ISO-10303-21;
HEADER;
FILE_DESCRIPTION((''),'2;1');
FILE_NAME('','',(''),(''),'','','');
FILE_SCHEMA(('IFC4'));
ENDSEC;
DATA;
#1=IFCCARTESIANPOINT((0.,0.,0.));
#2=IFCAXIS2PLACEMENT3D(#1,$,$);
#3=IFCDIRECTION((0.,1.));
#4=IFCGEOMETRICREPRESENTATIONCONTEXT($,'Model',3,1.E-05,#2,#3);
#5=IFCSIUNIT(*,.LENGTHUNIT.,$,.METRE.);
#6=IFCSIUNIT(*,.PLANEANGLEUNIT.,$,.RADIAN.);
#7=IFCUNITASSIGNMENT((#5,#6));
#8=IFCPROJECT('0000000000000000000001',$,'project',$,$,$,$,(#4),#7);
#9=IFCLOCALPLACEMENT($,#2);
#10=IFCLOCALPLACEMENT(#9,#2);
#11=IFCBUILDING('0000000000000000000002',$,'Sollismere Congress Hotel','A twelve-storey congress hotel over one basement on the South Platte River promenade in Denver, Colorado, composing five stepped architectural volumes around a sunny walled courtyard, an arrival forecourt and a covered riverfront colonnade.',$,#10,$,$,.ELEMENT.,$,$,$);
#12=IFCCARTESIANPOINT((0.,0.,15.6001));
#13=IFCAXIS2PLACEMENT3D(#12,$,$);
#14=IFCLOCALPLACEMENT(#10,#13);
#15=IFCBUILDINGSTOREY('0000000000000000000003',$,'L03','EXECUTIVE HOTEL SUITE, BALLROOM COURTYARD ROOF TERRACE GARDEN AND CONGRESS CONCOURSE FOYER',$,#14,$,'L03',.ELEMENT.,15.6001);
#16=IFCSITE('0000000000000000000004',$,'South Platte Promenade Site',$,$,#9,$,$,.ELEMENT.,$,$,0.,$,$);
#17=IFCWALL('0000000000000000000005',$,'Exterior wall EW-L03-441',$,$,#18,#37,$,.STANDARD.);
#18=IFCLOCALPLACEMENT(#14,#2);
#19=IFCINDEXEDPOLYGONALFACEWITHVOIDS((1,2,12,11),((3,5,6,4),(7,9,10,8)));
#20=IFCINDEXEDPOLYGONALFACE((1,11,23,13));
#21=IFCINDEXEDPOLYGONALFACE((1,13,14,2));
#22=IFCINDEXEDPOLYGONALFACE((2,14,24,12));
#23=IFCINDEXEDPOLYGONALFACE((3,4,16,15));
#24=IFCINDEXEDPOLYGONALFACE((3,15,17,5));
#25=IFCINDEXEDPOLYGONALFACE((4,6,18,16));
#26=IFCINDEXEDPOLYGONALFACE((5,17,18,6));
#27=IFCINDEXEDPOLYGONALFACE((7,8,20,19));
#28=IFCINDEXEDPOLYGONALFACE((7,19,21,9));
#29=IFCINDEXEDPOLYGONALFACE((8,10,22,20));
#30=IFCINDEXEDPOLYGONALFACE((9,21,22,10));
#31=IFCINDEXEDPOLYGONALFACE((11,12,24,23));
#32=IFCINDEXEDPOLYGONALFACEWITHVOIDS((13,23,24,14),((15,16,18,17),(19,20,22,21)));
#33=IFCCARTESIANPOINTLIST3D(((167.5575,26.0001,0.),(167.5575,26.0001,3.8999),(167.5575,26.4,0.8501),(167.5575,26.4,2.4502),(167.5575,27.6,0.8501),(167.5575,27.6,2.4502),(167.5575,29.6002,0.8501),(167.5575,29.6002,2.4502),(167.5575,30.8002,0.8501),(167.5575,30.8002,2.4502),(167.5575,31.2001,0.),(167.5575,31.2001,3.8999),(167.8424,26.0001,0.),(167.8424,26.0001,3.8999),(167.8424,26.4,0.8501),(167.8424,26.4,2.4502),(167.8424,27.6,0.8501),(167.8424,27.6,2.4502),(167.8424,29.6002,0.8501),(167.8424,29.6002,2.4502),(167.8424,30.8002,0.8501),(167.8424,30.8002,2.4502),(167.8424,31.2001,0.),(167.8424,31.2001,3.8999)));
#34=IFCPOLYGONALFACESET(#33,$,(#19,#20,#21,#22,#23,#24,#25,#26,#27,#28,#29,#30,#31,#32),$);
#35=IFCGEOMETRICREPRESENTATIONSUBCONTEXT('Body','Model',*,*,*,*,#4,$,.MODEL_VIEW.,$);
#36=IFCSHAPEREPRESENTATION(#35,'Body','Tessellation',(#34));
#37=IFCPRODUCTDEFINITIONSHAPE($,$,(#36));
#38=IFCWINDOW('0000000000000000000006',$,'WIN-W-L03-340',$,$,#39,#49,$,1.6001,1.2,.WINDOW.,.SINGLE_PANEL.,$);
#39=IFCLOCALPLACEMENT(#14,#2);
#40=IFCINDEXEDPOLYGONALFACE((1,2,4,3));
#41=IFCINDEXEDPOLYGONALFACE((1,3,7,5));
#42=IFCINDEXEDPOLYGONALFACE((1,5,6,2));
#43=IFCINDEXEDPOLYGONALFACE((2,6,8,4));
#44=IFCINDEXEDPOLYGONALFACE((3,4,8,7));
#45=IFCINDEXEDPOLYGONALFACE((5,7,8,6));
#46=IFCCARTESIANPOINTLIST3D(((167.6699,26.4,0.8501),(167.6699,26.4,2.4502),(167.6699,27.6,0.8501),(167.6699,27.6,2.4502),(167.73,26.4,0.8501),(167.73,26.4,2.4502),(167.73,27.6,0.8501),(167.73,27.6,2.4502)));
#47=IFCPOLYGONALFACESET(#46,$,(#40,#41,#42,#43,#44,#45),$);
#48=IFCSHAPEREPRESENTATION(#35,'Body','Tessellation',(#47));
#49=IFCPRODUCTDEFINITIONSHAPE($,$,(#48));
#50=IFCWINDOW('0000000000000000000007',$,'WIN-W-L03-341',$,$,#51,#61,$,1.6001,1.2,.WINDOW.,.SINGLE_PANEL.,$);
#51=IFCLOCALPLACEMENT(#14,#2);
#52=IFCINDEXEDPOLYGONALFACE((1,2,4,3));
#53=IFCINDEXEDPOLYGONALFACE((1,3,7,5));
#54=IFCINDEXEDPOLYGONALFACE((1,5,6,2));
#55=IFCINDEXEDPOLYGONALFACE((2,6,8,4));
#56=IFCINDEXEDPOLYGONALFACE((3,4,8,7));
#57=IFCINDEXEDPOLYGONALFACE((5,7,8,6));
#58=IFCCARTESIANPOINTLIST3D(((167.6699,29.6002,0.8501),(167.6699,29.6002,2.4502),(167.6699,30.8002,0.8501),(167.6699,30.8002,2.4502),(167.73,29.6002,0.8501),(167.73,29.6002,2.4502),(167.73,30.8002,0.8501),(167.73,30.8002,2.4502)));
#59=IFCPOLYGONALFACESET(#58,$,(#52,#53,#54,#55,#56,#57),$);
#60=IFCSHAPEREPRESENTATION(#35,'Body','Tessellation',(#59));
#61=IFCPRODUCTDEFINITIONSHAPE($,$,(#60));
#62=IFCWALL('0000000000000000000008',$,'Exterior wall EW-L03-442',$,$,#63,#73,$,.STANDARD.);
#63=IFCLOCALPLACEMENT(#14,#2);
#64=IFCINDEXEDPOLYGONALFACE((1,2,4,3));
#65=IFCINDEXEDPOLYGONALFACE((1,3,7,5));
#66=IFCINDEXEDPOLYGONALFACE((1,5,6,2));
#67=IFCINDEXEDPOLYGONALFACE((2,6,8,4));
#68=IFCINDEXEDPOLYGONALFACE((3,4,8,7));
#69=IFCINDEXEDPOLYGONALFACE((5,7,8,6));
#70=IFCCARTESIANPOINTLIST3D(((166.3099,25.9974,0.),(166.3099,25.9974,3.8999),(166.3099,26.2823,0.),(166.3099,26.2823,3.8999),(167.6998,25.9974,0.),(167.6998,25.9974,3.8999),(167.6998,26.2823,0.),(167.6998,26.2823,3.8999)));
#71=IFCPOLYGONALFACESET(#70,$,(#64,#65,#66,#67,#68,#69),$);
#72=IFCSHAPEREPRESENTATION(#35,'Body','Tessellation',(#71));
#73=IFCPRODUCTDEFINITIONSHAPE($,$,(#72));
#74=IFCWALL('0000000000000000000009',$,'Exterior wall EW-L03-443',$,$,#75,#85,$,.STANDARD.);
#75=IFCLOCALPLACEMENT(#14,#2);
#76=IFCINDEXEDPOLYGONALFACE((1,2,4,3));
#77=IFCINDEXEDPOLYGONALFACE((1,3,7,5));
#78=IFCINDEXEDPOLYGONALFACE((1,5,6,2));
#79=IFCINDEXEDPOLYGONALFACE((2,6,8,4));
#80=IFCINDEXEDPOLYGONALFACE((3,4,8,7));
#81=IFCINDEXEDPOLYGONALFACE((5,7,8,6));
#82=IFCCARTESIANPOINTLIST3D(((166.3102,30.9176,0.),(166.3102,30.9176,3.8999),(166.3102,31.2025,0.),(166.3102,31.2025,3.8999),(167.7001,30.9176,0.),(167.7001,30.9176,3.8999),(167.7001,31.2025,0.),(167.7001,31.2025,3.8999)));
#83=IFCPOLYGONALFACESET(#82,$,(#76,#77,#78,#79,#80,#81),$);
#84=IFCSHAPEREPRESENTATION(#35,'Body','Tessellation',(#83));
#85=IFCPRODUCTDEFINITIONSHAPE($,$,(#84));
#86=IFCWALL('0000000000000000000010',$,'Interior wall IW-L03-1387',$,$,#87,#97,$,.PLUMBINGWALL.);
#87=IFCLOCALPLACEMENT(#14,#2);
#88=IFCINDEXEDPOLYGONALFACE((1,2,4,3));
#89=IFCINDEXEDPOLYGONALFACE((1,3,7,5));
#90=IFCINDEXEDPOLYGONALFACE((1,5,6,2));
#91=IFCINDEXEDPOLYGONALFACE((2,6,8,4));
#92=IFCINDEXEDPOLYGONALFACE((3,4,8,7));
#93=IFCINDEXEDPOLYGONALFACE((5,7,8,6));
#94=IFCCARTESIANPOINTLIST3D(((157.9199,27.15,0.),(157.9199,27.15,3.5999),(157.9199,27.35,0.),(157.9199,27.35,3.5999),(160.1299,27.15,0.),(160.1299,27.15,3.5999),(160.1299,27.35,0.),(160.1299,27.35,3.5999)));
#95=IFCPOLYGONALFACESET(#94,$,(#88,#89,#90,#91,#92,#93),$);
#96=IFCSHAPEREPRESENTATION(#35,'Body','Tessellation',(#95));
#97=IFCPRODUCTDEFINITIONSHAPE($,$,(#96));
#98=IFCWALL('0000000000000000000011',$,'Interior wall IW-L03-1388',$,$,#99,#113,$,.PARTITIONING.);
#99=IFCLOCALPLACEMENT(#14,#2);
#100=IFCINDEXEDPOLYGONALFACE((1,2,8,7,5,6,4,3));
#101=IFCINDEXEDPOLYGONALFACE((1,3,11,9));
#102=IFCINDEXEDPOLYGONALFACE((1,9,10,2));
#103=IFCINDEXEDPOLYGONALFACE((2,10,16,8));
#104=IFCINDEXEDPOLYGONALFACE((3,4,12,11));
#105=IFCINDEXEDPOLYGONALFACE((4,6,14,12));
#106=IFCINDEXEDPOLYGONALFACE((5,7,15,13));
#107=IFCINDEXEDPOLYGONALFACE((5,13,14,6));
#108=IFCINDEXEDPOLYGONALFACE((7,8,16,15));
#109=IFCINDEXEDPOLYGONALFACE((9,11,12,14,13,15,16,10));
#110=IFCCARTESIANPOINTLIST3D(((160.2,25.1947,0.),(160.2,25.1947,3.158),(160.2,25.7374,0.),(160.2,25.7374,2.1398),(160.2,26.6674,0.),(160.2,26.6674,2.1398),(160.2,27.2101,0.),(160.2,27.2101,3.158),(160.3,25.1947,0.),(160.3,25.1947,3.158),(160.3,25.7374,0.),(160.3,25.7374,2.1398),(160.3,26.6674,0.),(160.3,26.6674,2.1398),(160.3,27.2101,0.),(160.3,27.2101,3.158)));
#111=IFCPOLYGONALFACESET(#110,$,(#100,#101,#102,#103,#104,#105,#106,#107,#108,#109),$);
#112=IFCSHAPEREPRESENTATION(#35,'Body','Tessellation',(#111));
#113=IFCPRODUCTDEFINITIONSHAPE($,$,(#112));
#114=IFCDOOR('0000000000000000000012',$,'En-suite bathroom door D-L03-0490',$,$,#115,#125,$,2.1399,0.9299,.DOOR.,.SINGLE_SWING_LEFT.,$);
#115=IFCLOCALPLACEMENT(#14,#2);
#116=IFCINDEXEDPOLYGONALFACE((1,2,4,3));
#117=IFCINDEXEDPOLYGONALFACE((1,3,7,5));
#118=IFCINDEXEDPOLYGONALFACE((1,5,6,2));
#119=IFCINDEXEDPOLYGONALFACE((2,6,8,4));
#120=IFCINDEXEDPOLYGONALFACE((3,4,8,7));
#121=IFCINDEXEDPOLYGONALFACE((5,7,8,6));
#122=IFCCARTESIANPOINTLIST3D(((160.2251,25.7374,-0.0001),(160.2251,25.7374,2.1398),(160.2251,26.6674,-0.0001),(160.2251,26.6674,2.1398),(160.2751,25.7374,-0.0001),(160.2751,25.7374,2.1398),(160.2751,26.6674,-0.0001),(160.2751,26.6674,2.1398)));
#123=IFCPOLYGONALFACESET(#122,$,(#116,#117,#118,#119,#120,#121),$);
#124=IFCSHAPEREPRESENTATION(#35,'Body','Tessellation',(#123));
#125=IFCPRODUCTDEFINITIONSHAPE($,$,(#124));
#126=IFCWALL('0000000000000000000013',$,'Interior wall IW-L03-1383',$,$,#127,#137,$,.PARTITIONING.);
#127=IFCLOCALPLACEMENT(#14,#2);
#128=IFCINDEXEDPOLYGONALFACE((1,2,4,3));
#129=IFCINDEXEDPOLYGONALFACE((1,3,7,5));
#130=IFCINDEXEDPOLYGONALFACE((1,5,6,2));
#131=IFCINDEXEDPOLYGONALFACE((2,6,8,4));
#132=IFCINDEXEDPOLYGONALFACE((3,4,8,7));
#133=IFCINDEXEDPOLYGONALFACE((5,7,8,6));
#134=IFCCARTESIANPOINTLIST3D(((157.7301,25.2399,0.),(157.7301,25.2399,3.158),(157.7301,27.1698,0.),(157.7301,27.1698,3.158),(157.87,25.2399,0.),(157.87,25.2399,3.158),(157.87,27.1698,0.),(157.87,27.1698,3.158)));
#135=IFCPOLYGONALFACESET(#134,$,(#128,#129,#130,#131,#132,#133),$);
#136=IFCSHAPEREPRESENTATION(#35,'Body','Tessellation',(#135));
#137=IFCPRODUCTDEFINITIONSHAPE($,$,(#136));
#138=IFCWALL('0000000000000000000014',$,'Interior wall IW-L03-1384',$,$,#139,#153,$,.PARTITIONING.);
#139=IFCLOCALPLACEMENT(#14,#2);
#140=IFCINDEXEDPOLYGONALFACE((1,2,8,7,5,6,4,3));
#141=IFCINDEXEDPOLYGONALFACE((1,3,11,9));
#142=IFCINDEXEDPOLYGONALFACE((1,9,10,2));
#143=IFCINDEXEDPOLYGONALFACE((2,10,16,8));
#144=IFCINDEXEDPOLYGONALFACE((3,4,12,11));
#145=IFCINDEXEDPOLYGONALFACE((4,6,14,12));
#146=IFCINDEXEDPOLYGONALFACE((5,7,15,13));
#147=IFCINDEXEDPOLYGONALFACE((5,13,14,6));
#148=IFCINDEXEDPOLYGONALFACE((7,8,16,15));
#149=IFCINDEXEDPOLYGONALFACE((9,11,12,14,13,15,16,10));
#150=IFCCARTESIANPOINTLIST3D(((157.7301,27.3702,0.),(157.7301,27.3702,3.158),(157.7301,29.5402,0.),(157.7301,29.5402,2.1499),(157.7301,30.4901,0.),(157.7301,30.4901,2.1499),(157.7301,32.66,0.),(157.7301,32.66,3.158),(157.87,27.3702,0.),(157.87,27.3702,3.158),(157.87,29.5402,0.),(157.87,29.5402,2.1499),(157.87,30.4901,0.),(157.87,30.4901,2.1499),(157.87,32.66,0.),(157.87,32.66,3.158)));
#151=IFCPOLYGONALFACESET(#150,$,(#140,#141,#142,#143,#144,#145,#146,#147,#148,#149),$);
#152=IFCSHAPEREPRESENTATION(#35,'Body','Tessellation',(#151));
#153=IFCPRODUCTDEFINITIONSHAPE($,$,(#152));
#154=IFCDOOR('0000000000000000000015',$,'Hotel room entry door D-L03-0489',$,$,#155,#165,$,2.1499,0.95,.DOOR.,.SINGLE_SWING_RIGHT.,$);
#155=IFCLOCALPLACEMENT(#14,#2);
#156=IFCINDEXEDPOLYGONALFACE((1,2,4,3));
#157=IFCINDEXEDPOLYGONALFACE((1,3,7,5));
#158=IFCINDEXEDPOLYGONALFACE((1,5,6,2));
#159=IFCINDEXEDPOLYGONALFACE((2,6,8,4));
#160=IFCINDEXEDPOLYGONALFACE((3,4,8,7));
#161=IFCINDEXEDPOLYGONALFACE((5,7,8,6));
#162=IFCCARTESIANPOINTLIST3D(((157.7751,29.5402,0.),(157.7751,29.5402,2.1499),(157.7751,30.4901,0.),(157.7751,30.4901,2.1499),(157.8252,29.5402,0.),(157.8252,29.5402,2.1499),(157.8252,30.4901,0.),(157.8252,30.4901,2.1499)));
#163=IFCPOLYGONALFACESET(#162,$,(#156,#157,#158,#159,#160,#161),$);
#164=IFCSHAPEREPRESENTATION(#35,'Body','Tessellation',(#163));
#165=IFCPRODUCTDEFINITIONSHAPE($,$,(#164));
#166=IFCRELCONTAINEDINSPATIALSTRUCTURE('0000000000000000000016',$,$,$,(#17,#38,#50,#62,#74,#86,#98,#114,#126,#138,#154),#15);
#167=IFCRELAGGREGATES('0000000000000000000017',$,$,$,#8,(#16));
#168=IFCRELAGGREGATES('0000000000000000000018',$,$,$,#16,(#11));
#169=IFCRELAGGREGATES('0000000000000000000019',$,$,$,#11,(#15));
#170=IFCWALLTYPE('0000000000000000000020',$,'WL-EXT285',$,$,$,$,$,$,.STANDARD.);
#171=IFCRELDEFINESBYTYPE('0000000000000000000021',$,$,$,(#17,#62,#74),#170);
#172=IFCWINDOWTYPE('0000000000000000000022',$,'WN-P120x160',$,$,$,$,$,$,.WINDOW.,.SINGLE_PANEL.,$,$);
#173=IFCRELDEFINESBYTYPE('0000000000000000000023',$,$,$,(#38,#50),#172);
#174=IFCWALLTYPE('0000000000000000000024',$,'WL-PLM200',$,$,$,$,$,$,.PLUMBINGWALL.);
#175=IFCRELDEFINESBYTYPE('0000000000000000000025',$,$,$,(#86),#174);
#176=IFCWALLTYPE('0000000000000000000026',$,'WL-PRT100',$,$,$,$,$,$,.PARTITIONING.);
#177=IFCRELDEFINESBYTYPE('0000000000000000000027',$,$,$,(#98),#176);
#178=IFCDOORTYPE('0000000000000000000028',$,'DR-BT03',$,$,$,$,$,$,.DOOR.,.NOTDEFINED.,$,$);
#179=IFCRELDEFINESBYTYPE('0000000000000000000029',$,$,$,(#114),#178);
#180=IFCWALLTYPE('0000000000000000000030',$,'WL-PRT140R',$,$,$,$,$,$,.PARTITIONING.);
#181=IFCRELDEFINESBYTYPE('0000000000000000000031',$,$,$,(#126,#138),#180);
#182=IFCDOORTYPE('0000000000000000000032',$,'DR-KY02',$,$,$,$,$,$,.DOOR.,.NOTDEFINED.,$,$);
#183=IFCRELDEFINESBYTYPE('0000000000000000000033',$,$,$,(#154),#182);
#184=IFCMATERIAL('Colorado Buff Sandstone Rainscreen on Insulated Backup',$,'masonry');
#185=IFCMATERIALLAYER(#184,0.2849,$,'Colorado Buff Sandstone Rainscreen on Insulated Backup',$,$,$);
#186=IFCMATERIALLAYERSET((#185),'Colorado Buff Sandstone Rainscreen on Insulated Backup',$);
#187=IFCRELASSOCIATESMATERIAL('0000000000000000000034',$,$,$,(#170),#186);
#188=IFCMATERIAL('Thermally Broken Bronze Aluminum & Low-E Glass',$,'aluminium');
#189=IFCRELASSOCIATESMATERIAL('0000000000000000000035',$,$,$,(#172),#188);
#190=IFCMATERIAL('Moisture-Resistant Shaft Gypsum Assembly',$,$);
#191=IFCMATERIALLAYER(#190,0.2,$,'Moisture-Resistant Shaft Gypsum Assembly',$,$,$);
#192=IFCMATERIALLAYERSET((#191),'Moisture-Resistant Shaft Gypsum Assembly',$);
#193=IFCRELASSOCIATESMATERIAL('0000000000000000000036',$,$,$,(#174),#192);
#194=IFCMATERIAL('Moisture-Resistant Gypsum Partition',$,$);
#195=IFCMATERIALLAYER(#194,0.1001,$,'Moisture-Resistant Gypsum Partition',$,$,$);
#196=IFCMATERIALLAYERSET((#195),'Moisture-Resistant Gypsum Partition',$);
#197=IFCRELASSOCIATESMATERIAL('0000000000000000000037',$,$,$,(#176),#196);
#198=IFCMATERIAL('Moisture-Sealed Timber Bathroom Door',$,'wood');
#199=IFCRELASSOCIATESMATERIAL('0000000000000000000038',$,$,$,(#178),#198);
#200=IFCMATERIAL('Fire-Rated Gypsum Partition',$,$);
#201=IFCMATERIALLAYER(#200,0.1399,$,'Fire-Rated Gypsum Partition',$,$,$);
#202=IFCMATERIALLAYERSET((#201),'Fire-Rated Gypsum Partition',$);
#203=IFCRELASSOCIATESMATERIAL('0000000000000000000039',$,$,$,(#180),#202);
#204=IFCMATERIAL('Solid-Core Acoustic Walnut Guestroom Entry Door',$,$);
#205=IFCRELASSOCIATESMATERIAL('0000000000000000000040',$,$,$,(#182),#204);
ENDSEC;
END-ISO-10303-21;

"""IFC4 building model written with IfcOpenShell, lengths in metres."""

from ifc_helpers import new_model, si_unit, direction, frame, frame_2d, origin, place, context, subcontext, project, spatial, rectangle, extrude, material, layer, layer_set, type_object, element, fill, save


model = new_model("IFC4")

# Units and contexts
model_context = context("Model", 3, precision=1e-05, world=origin(), true_north=direction((0.0, 1.0)))
body_context = subcontext(model_context, "Body", "Model", "MODEL_VIEW")
ifc_project = project(units=[si_unit("LENGTHUNIT", "METRE"), si_unit("PLANEANGLEUNIT", "RADIAN")], contexts=[model_context])

# Site, building, storey
site_placement = place(None, origin())
site = spatial("IfcSite", under=ifc_project, at=site_placement, Name="South Platte Promenade Site", CompositionType="ELEMENT", RefElevation=0.0)
building_placement = place(site_placement, origin())
building = spatial("IfcBuilding", under=site, at=building_placement, Name="Sollismere Congress Hotel", Description="A twelve-storey congress hotel over one basement on the South Platte River promenade in Denver, Colorado, composing five stepped architectural volumes around a sunny walled courtyard, an arrival forecourt and a covered riverfront colonnade.", CompositionType="ELEMENT")
storey_placement = place(building_placement, frame((0.0, 0.0, 15.6001)))
storey = spatial("IfcBuildingStorey", under=building, at=storey_placement, Name="L03", Description="EXECUTIVE HOTEL SUITE, BALLROOM COURTYARD ROOF TERRACE GARDEN AND CONGRESS CONCOURSE FOYER", LongName="L03", CompositionType="ELEMENT", Elevation=15.6001)

# Shared definitions
ifc_material_1 = material(Name="Colorado Buff Sandstone Rainscreen on Insulated Backup", Category="masonry")
ifc_layer_1 = layer(ifc_material_1, 0.2849, Name="Colorado Buff Sandstone Rainscreen on Insulated Backup")
ifc_layer_set_1 = layer_set([ifc_layer_1], Name="Colorado Buff Sandstone Rainscreen on Insulated Backup")
wall_type_1 = type_object("IfcWallType", Name="WL-EXT285", PredefinedType="STANDARD", material=ifc_layer_set_1)

# Wall, openings, windows
wall_1_placement = place(storey_placement, frame((167.7, 26.0, 0.0), z_axis=(0.0, 0.0, 1.0), x_axis=(0.0, 1.0, 0.0)))
wall_1 = element("IfcWall", 1, at=wall_1_placement, inside=storey, type_object=wall_type_1, Name="Exterior wall EW-L03-441", PredefinedType="STANDARD", context=body_context, shape_type="SweptSolid", body=[
    extrude(rectangle(XDim=5.2, YDim=0.2849, at=frame_2d((2.6001, 0.0))), origin(), (0.0, 0.0, 1.0), 3.8999),
])
opening_1_placement = place(wall_1_placement, frame((0.3999, 0.0, 0.8501)))
opening_1 = element("IfcOpeningElement", 2, at=opening_1_placement, cuts=wall_1, PredefinedType="OPENING", context=body_context, shape_type="SweptSolid", body=[
    extrude(rectangle(XDim=1.2, YDim=1.6001, at=frame_2d((0.6001, 0.8))), frame((0.0, 0.1523, 0.0), z_axis=(0.0, -1.0, 0.0), x_axis=(1.0, 0.0, 0.0)), (0.0, 0.0, 1.0), 0.3049),
])
opening_2_placement = place(wall_1_placement, frame((3.6001, 0.0, 0.8501)))
opening_2 = element("IfcOpeningElement", 3, at=opening_2_placement, cuts=wall_1, PredefinedType="OPENING", context=body_context, shape_type="SweptSolid", body=[
    extrude(rectangle(XDim=1.2, YDim=1.6001, at=frame_2d((0.6001, 0.8))), frame((0.0, 0.1523, 0.0), z_axis=(0.0, -1.0, 0.0), x_axis=(1.0, 0.0, 0.0)), (0.0, 0.0, 1.0), 0.3049),
])
ifc_material_2 = material(Name="Thermally Broken Bronze Aluminum & Low-E Glass", Category="aluminium")
window_type = type_object("IfcWindowType", Name="WN-P120x160", PartitioningType="SINGLE_PANEL", PredefinedType="WINDOW", material=ifc_material_2)
window_1_placement = place(opening_1_placement, origin())
window_1 = element("IfcWindow", 4, at=window_1_placement, inside=storey, type_object=window_type, Name="WIN-W-L03-340", OverallHeight=1.6001, OverallWidth=1.2, PartitioningType="SINGLE_PANEL", PredefinedType="WINDOW", context=body_context, shape_type="SweptSolid", body=[
    extrude(rectangle(XDim=1.2, YDim=1.6001, at=frame_2d((0.6001, 0.8))), frame((0.0, 0.03, 0.0), z_axis=(0.0, -1.0, 0.0), x_axis=(1.0, 0.0, 0.0)), (0.0, 0.0, 1.0), 0.0601),
])
fill(opening_1, window_1)
window_2_placement = place(opening_2_placement, origin())
window_2 = element("IfcWindow", 5, at=window_2_placement, inside=storey, type_object=window_type, Name="WIN-W-L03-341", OverallHeight=1.6001, OverallWidth=1.2, PartitioningType="SINGLE_PANEL", PredefinedType="WINDOW", context=body_context, shape_type="SweptSolid", body=[
    extrude(rectangle(XDim=1.2, YDim=1.6001, at=frame_2d((0.6001, 0.8))), frame((0.0, 0.03, 0.0), z_axis=(0.0, -1.0, 0.0), x_axis=(1.0, 0.0, 0.0)), (0.0, 0.0, 1.0), 0.0601),
])
fill(opening_2, window_2)

# Walls
for number, where, z_axis, x_axis, name in (
    (6, (166.3101, 26.1399, 0.0), (0.0, 0.0, 1.0), (1.0, 0.0, 0.0), "Exterior wall EW-L03-442"),
    (7, (167.7, 31.0601, 0.0), (0.0, 0.0, 1.0), (-1.0, 0.0, 0.0), "Exterior wall EW-L03-443"),
):
    element("IfcWall", number, at=place(storey_placement, frame(where, z_axis=z_axis, x_axis=x_axis)), inside=storey, type_object=wall_type_1, Name=name, PredefinedType="STANDARD", context=body_context, shape_type="SweptSolid", body=[
        extrude(rectangle(XDim=1.3899, YDim=0.2849, at=frame_2d((0.6948, 0.0))), origin(), (0.0, 0.0, 1.0), 3.8999),
    ])
ifc_material_3 = material(Name="Moisture-Resistant Shaft Gypsum Assembly")
ifc_layer_2 = layer(ifc_material_3, 0.2, Name="Moisture-Resistant Shaft Gypsum Assembly")
ifc_layer_set_2 = layer_set([ifc_layer_2], Name="Moisture-Resistant Shaft Gypsum Assembly")
wall_type_2 = type_object("IfcWallType", Name="WL-PLM200", PredefinedType="PLUMBINGWALL", material=ifc_layer_set_2)
wall_2_placement = place(storey_placement, frame((157.9199, 27.25, 0.0), z_axis=(0.0, 0.0, 1.0), x_axis=(1.0, 0.0, 0.0)))
element("IfcWall", 8, at=wall_2_placement, inside=storey, type_object=wall_type_2, Name="Interior wall IW-L03-1387", PredefinedType="PLUMBINGWALL", context=body_context, shape_type="SweptSolid", body=[
    extrude(rectangle(XDim=2.21, YDim=0.2, at=frame_2d((1.105, 0.0))), origin(), (0.0, 0.0, 1.0), 3.5999),
])

# Wall, opening, door
ifc_material_4 = material(Name="Moisture-Resistant Gypsum Partition")
ifc_layer_3 = layer(ifc_material_4, 0.1001, Name="Moisture-Resistant Gypsum Partition")
ifc_layer_set_3 = layer_set([ifc_layer_3], Name="Moisture-Resistant Gypsum Partition")
wall_type_3 = type_object("IfcWallType", Name="WL-PRT100", PredefinedType="PARTITIONING", material=ifc_layer_set_3)
wall_3_placement = place(storey_placement, frame((160.25, 25.1946, 0.0), z_axis=(0.0, 0.0, 1.0), x_axis=(0.0, 1.0, 0.0)))
wall_3 = element("IfcWall", 9, at=wall_3_placement, inside=storey, type_object=wall_type_3, Name="Interior wall IW-L03-1388", PredefinedType="PARTITIONING", context=body_context, shape_type="SweptSolid", body=[
    extrude(rectangle(XDim=2.0154, YDim=0.1001, at=frame_2d((1.0078, 0.0))), origin(), (0.0, 0.0, 1.0), 3.158),
])
opening_3_placement = place(wall_3_placement, frame((0.543, 0.0, 0.0)))
opening_3 = element("IfcOpeningElement", 10, at=opening_3_placement, cuts=wall_3, PredefinedType="OPENING", context=body_context, shape_type="SweptSolid", body=[
    extrude(rectangle(XDim=0.9299, YDim=2.1399, at=frame_2d((0.4648, 1.0698))), frame((0.0, 0.0601, 0.0), z_axis=(0.0, -1.0, 0.0), x_axis=(1.0, 0.0, 0.0)), (0.0, 0.0, 1.0), 0.1201),
])
ifc_material_5 = material(Name="Moisture-Sealed Timber Bathroom Door", Category="wood")
door_type_1 = type_object("IfcDoorType", Name="DR-BT03", OperationType="NOTDEFINED", PredefinedType="DOOR", material=ifc_material_5)
door_1_placement = place(opening_3_placement, origin())
door_1 = element("IfcDoor", 11, at=door_1_placement, inside=storey, type_object=door_type_1, Name="En-suite bathroom door D-L03-0490", OperationType="SINGLE_SWING_LEFT", OverallHeight=2.1399, OverallWidth=0.9299, PredefinedType="DOOR", context=body_context, shape_type="SweptSolid", body=[
    extrude(rectangle(XDim=0.9299, YDim=2.1399, at=frame_2d((0.4648, 1.0698))), frame((0.0, 0.0249, 0.0), z_axis=(0.0, -1.0, 0.0), x_axis=(1.0, 0.0, 0.0)), (0.0, 0.0, 1.0), 0.05),
])
fill(opening_3, door_1)

# Wall
ifc_material_6 = material(Name="Fire-Rated Gypsum Partition")
ifc_layer_4 = layer(ifc_material_6, 0.1399, Name="Fire-Rated Gypsum Partition")
ifc_layer_set_4 = layer_set([ifc_layer_4], Name="Fire-Rated Gypsum Partition")
wall_type_4 = type_object("IfcWallType", Name="WL-PRT140R", PredefinedType="PARTITIONING", material=ifc_layer_set_4)
wall_4_placement = place(storey_placement, frame((157.8, 25.24, 0.0), z_axis=(0.0, 0.0, 1.0), x_axis=(0.0, 1.0, 0.0)))
element("IfcWall", 12, at=wall_4_placement, inside=storey, type_object=wall_type_4, Name="Interior wall IW-L03-1383", PredefinedType="PARTITIONING", context=body_context, shape_type="SweptSolid", body=[
    extrude(rectangle(XDim=1.9299, YDim=0.1399, at=frame_2d((0.9648, 0.0))), origin(), (0.0, 0.0, 1.0), 3.158),
])

# Wall, opening, door
wall_5_placement = place(storey_placement, frame((157.8, 27.3701, 0.0), z_axis=(0.0, 0.0, 1.0), x_axis=(0.0, 1.0, 0.0)))
wall_5 = element("IfcWall", 13, at=wall_5_placement, inside=storey, type_object=wall_type_4, Name="Interior wall IW-L03-1384", PredefinedType="PARTITIONING", context=body_context, shape_type="SweptSolid", body=[
    extrude(rectangle(XDim=5.2898, YDim=0.1399, at=frame_2d((2.645, 0.0))), origin(), (0.0, 0.0, 1.0), 3.158),
])
opening_4_placement = place(wall_5_placement, frame((2.1699, 0.0, 0.0)))
opening_4 = element("IfcOpeningElement", 14, at=opening_4_placement, cuts=wall_5, PredefinedType="OPENING", context=body_context, shape_type="SweptSolid", body=[
    extrude(rectangle(XDim=0.95, YDim=2.1499, at=frame_2d((0.4751, 1.075))), frame((0.0, 0.0798, 0.0), z_axis=(0.0, -1.0, 0.0), x_axis=(1.0, 0.0, 0.0)), (0.0, 0.0, 1.0), 0.1599),
])
ifc_material_7 = material(Name="Solid-Core Acoustic Walnut Guestroom Entry Door")
door_type_2 = type_object("IfcDoorType", Name="DR-KY02", OperationType="NOTDEFINED", PredefinedType="DOOR", material=ifc_material_7)
door_2_placement = place(opening_4_placement, origin())
door_2 = element("IfcDoor", 15, at=door_2_placement, inside=storey, type_object=door_type_2, Name="Hotel room entry door D-L03-0489", OperationType="SINGLE_SWING_RIGHT", OverallHeight=2.1499, OverallWidth=0.95, PredefinedType="DOOR", context=body_context, shape_type="SweptSolid", body=[
    extrude(rectangle(XDim=0.95, YDim=2.1499, at=frame_2d((0.4751, 1.075))), frame((0.0, 0.0249, 0.0), z_axis=(0.0, -1.0, 0.0), x_axis=(1.0, 0.0, 0.0)), (0.0, 0.0, 1.0), 0.05),
])
fill(opening_4, door_2)

save(model, "model.ifc")
